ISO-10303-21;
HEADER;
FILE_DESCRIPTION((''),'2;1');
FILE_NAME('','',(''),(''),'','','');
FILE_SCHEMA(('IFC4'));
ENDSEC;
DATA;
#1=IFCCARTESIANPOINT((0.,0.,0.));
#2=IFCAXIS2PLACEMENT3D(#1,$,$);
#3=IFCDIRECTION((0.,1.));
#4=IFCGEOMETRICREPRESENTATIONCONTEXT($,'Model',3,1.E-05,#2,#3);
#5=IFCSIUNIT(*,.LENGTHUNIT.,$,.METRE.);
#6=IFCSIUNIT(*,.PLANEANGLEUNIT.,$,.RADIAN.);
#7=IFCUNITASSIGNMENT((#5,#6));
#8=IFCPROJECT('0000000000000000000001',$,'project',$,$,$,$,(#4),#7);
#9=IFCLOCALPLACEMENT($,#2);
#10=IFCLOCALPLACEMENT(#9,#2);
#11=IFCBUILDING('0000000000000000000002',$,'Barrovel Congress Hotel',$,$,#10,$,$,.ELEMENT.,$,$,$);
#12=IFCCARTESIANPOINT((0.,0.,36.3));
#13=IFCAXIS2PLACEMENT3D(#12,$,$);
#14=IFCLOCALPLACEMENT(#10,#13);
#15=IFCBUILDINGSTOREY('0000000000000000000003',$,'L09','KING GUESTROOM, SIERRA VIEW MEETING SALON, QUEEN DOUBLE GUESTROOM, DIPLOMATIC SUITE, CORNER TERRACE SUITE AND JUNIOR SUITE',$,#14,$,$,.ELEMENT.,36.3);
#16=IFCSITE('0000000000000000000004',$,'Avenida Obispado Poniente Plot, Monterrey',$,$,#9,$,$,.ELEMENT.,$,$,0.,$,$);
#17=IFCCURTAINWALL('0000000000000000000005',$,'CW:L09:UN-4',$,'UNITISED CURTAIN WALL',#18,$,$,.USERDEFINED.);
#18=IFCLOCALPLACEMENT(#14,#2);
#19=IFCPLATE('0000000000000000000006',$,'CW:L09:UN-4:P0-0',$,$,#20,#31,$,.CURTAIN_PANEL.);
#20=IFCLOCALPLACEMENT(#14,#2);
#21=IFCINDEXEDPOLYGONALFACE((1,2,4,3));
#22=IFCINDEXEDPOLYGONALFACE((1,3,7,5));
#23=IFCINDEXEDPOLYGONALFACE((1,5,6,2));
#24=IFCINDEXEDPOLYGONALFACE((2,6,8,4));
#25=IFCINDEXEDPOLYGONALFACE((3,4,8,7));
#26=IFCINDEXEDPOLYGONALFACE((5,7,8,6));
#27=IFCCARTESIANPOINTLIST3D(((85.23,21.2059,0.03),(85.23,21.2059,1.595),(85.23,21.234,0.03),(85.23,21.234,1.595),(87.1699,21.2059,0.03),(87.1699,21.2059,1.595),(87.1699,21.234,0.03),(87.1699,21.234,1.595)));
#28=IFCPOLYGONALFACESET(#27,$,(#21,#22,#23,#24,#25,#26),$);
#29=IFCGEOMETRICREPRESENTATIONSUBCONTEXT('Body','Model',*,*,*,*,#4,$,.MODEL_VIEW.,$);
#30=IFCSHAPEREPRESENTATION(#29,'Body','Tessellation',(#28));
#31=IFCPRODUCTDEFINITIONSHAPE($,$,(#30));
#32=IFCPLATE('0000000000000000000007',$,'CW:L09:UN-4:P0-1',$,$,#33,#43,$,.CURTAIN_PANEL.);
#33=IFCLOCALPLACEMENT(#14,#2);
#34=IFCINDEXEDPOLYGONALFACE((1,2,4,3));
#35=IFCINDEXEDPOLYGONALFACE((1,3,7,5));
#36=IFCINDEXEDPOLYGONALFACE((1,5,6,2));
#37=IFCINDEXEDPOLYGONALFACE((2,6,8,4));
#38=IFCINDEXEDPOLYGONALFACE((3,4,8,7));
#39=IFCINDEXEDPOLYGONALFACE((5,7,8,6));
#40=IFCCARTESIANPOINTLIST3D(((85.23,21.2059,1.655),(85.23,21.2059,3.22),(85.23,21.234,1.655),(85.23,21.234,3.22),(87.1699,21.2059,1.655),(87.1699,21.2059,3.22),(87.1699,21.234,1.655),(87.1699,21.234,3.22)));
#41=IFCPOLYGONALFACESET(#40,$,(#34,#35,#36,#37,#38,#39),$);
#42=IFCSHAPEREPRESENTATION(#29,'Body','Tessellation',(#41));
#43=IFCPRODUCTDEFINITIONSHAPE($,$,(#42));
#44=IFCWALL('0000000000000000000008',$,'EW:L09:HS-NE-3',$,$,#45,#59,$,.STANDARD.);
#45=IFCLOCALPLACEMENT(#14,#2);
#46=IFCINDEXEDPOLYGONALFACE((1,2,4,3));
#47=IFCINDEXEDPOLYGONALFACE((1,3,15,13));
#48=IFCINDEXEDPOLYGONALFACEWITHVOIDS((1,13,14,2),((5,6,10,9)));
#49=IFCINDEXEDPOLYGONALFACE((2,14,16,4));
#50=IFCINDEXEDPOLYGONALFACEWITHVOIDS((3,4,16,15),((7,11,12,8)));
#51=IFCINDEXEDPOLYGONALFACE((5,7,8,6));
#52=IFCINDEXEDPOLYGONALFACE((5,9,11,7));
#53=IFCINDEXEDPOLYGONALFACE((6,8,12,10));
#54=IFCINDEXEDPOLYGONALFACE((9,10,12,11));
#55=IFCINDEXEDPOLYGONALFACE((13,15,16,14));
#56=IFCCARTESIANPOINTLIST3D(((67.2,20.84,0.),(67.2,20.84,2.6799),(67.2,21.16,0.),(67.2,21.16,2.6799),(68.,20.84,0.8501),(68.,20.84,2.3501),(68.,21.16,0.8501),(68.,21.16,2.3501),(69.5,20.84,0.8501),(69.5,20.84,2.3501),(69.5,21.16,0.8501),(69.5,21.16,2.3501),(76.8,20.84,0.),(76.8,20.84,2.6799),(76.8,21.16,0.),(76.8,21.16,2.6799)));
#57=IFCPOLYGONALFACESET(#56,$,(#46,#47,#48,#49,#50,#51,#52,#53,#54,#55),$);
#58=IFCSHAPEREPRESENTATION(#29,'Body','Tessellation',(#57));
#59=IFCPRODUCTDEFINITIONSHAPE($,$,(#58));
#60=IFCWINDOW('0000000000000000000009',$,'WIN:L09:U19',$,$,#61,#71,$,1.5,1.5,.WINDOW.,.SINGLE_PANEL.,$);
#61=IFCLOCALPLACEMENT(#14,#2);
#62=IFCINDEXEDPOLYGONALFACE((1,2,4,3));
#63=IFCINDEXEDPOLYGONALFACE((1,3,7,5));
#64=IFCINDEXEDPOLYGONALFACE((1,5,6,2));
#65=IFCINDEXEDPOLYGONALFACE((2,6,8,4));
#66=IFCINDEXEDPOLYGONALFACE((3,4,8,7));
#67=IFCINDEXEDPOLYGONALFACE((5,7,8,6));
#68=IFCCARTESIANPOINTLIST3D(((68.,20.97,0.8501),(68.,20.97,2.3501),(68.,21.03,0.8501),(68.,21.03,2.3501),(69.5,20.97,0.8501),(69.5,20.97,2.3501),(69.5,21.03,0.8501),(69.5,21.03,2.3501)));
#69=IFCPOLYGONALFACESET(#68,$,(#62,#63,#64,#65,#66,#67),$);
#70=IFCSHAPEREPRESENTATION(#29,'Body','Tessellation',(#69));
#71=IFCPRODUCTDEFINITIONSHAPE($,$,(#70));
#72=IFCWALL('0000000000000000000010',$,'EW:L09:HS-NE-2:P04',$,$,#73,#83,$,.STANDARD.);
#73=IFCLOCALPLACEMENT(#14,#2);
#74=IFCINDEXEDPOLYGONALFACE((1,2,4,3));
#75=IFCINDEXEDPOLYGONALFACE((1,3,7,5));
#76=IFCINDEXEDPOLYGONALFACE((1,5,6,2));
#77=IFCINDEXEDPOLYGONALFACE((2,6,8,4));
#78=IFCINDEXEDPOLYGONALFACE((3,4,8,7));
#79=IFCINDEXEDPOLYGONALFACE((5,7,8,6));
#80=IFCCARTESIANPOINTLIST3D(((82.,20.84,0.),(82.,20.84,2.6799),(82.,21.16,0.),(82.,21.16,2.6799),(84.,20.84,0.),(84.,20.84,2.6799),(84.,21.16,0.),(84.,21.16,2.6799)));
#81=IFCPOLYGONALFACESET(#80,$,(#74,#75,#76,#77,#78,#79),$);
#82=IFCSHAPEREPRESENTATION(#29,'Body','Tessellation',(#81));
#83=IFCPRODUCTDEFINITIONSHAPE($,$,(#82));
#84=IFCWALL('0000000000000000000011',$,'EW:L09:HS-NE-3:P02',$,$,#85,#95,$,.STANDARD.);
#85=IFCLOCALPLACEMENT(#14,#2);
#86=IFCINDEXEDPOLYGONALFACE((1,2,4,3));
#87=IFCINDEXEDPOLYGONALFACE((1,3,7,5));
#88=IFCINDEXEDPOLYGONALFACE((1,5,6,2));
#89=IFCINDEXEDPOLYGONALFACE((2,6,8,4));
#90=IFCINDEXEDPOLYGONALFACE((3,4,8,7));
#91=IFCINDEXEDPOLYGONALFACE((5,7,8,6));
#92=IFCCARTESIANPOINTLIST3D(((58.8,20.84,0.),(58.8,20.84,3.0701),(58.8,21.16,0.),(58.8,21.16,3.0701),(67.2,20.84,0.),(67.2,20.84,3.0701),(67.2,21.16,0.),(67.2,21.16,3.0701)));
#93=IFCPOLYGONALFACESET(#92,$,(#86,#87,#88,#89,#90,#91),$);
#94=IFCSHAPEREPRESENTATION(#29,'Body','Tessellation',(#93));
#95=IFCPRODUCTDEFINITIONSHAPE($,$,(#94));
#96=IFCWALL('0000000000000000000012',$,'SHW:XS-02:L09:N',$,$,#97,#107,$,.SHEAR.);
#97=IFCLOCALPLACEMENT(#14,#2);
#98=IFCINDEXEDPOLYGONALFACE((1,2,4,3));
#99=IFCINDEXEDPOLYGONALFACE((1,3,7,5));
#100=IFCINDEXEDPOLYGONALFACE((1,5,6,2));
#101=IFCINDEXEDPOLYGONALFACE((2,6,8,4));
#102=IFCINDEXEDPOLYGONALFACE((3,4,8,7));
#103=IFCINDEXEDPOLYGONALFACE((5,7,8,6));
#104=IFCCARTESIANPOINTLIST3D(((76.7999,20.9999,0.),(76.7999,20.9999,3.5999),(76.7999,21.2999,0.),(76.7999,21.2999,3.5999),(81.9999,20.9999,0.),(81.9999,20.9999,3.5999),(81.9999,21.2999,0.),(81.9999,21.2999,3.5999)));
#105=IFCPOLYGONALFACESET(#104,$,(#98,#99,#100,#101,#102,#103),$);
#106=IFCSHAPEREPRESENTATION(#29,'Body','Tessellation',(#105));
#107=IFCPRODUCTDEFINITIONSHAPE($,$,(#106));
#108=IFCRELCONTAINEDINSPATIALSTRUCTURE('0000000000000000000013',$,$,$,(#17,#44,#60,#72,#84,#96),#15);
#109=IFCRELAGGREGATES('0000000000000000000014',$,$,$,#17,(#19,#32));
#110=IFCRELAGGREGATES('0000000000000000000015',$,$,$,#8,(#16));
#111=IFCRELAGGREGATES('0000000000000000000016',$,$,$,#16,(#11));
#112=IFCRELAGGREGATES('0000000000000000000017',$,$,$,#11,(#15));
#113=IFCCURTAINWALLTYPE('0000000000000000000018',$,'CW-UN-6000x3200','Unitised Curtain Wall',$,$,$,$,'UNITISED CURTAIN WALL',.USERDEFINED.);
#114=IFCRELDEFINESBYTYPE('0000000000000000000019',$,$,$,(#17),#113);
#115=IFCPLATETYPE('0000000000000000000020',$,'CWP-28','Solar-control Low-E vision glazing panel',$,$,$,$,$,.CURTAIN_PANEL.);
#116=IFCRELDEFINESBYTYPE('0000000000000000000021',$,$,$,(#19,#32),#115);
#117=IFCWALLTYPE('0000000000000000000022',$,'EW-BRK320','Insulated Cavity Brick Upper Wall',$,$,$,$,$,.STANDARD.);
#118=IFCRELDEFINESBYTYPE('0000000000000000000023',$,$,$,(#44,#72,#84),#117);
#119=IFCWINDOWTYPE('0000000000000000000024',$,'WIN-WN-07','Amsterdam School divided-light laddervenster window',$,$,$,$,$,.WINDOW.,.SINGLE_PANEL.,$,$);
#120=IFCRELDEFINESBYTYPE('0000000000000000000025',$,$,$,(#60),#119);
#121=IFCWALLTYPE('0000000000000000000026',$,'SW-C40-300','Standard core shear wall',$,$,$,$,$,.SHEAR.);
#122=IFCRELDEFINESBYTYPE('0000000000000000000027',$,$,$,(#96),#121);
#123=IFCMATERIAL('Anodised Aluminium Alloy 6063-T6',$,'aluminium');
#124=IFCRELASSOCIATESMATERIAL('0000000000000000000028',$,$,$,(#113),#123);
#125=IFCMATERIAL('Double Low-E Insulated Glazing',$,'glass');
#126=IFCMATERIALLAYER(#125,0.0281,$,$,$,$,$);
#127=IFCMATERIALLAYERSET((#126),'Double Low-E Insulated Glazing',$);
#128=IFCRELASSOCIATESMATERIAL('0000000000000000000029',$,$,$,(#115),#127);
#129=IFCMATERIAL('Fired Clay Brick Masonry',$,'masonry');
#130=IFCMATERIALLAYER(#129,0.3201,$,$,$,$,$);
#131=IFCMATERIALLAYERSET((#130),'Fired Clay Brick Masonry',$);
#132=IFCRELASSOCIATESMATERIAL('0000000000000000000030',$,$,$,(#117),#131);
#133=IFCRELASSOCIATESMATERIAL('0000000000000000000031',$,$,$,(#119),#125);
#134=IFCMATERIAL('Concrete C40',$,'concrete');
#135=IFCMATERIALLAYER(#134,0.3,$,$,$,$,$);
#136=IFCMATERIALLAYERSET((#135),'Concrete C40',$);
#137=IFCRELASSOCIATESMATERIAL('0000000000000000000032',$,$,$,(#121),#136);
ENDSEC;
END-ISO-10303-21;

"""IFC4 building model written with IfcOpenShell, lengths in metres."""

from ifc_helpers import new_model, si_unit, direction, frame, frame_2d, origin, origin_2d, place, context, subcontext, project, spatial, rectangle, extrude, material, layer, layer_set, type_object, element, fill, aggregate, save


model = new_model("IFC4")

# Units and contexts
model_context = context("Model", 3, precision=1e-05, world=origin(), true_north=direction((0.0, 1.0)))
body_context = subcontext(model_context, "Body", "Model", "MODEL_VIEW")
ifc_project = project(units=[si_unit("LENGTHUNIT", "METRE"), si_unit("PLANEANGLEUNIT", "RADIAN")], contexts=[model_context])

# Site, building, storey
site_placement = place(None, origin())
site = spatial("IfcSite", under=ifc_project, at=site_placement, Name="Avenida Obispado Poniente Plot, Monterrey", CompositionType="ELEMENT", RefElevation=0.0)
building_placement = place(site_placement, origin())
building = spatial("IfcBuilding", under=site, at=building_placement, Name="Barrovel Congress Hotel", CompositionType="ELEMENT")
storey_placement = place(building_placement, frame((0.0, 0.0, 36.3)))
storey = spatial("IfcBuildingStorey", under=building, at=storey_placement, Name="L09", Description="KING GUESTROOM, SIERRA VIEW MEETING SALON, QUEEN DOUBLE GUESTROOM, DIPLOMATIC SUITE, CORNER TERRACE SUITE AND JUNIOR SUITE", CompositionType="ELEMENT", Elevation=36.3)

# Shared definitions
ifc_material_1 = material(Name="Concrete C40", Category="concrete")

# Curtain wall
ifc_material_2 = material(Name="Anodised Aluminium Alloy 6063-T6", Category="aluminium")
curtain_wall_type = type_object("IfcCurtainWallType", Name="CW-UN-6000x3200", Description="Unitised Curtain Wall", ElementType="UNITISED CURTAIN WALL", PredefinedType="USERDEFINED", material=ifc_material_2)
curtain_wall_placement = place(storey_placement, origin())
curtain_wall = element("IfcCurtainWall", 1, at=curtain_wall_placement, inside=storey, type_object=curtain_wall_type, Name="CW:L09:UN-4", ObjectType="UNITISED CURTAIN WALL", PredefinedType="USERDEFINED")

# Plates
ifc_material_3 = material(Name="Double Low-E Insulated Glazing", Category="glass")
ifc_layer_1 = layer(ifc_material_3, 0.0281)
ifc_layer_set_1 = layer_set([ifc_layer_1], Name="Double Low-E Insulated Glazing")
plate_type = type_object("IfcPlateType", Name="CWP-28", Description="Solar-control Low-E vision glazing panel", PredefinedType="CURTAIN_PANEL", material=ifc_layer_set_1)
plate_1_placement = place(storey_placement, frame((86.2, 21.22, 0.03), z_axis=(0.0, 0.0, 1.0), x_axis=(1.0, 0.0, 0.0)))
plate_1 = element("IfcPlate", 2, at=plate_1_placement, type_object=plate_type, Name="CW:L09:UN-4:P0-0", PredefinedType="CURTAIN_PANEL", context=body_context, shape_type="SweptSolid", body=[
    extrude(rectangle(XDim=1.9399, YDim=0.0281, at=origin_2d()), origin(), (0.0, 0.0, 1.0), 1.5649),
])
plate_2_placement = place(storey_placement, frame((86.2, 21.22, 1.655), z_axis=(0.0, 0.0, 1.0), x_axis=(1.0, 0.0, 0.0)))
plate_2 = element("IfcPlate", 3, at=plate_2_placement, type_object=plate_type, Name="CW:L09:UN-4:P0-1", PredefinedType="CURTAIN_PANEL", context=body_context, shape_type="SweptSolid", body=[
    extrude(rectangle(XDim=1.9399, YDim=0.0281, at=origin_2d()), origin(), (0.0, 0.0, 1.0), 1.5649),
])
aggregate(curtain_wall, [plate_1, plate_2])

# Wall, opening, window
ifc_material_4 = material(Name="Fired Clay Brick Masonry", Category="masonry")
ifc_layer_2 = layer(ifc_material_4, 0.3201)
ifc_layer_set_2 = layer_set([ifc_layer_2], Name="Fired Clay Brick Masonry")
wall_type_1 = type_object("IfcWallType", Name="EW-BRK320", Description="Insulated Cavity Brick Upper Wall", PredefinedType="STANDARD", material=ifc_layer_set_2)
wall_1_placement = place(storey_placement, frame((76.8, 21.0, 0.0), z_axis=(0.0, 0.0, 1.0), x_axis=(-1.0, 0.0, 0.0)))
wall_1 = element("IfcWall", 4, at=wall_1_placement, inside=storey, type_object=wall_type_1, Name="EW:L09:HS-NE-3", PredefinedType="STANDARD", context=body_context, shape_type="SweptSolid", body=[
    extrude(rectangle(XDim=9.6001, YDim=0.3201, at=frame_2d((4.8, 0.0))), origin(), (0.0, 0.0, 1.0), 2.6799),
])
opening_placement = place(wall_1_placement, frame((7.3, 0.0, 0.8501)))
opening = element("IfcOpeningElement", 5, at=opening_placement, cuts=wall_1, PredefinedType="OPENING", context=body_context, shape_type="SweptSolid", body=[
    extrude(rectangle(XDim=1.5, YDim=1.5, at=frame_2d((0.75, 0.75))), frame((0.0, 0.1699, 0.0), z_axis=(0.0, -1.0, 0.0), x_axis=(1.0, 0.0, 0.0)), (0.0, 0.0, 1.0), 0.3401),
])
window_type = type_object("IfcWindowType", Name="WIN-WN-07", Description="Amsterdam School divided-light laddervenster window", PartitioningType="SINGLE_PANEL", PredefinedType="WINDOW", material=ifc_material_3)
window_placement = place(opening_placement, origin())
window = element("IfcWindow", 6, at=window_placement, inside=storey, type_object=window_type, Name="WIN:L09:U19", OverallHeight=1.5, OverallWidth=1.5, PartitioningType="SINGLE_PANEL", PredefinedType="WINDOW", context=body_context, shape_type="SweptSolid", body=[
    extrude(rectangle(XDim=1.5, YDim=1.5, at=frame_2d((0.75, 0.75))), frame((0.0, 0.03, 0.0), z_axis=(0.0, -1.0, 0.0), x_axis=(1.0, 0.0, 0.0)), (0.0, 0.0, 1.0), 0.0601),
])
fill(opening, window)

# Walls
wall_2_placement = place(storey_placement, frame((84.0, 21.0, 0.0), z_axis=(0.0, 0.0, 1.0), x_axis=(-1.0, 0.0, 0.0)))
element("IfcWall", 7, at=wall_2_placement, inside=storey, type_object=wall_type_1, Name="EW:L09:HS-NE-2:P04", PredefinedType="STANDARD", context=body_context, shape_type="SweptSolid", body=[
    extrude(rectangle(XDim=2.0, YDim=0.3201, at=frame_2d((1.0, 0.0))), origin(), (0.0, 0.0, 1.0), 2.6799),
])
wall_3_placement = place(storey_placement, frame((67.2, 21.0, 0.0), z_axis=(0.0, 0.0, 1.0), x_axis=(-1.0, 0.0, 0.0)))
element("IfcWall", 8, at=wall_3_placement, inside=storey, type_object=wall_type_1, Name="EW:L09:HS-NE-3:P02", PredefinedType="STANDARD", context=body_context, shape_type="SweptSolid", body=[
    extrude(rectangle(XDim=8.3999, YDim=0.3201, at=frame_2d((4.2, 0.0))), origin(), (0.0, 0.0, 1.0), 3.0701),
])
ifc_layer_3 = layer(ifc_material_1, 0.3)
ifc_layer_set_3 = layer_set([ifc_layer_3], Name="Concrete C40")
wall_type_2 = type_object("IfcWallType", Name="SW-C40-300", Description="Standard core shear wall", PredefinedType="SHEAR", material=ifc_layer_set_3)
wall_4_placement = place(storey_placement, frame((82.0, 21.1499, 0.0), z_axis=(0.0, 0.0, 1.0), x_axis=(-1.0, 0.0, 0.0)))
element("IfcWall", 9, at=wall_4_placement, inside=storey, type_object=wall_type_2, Name="SHW:XS-02:L09:N", PredefinedType="SHEAR", context=body_context, shape_type="SweptSolid", body=[
    extrude(rectangle(XDim=5.2, YDim=0.3, at=frame_2d((2.6001, 0.0))), origin(), (0.0, 0.0, 1.0), 3.5999),
])

save(model, "model.ifc")
